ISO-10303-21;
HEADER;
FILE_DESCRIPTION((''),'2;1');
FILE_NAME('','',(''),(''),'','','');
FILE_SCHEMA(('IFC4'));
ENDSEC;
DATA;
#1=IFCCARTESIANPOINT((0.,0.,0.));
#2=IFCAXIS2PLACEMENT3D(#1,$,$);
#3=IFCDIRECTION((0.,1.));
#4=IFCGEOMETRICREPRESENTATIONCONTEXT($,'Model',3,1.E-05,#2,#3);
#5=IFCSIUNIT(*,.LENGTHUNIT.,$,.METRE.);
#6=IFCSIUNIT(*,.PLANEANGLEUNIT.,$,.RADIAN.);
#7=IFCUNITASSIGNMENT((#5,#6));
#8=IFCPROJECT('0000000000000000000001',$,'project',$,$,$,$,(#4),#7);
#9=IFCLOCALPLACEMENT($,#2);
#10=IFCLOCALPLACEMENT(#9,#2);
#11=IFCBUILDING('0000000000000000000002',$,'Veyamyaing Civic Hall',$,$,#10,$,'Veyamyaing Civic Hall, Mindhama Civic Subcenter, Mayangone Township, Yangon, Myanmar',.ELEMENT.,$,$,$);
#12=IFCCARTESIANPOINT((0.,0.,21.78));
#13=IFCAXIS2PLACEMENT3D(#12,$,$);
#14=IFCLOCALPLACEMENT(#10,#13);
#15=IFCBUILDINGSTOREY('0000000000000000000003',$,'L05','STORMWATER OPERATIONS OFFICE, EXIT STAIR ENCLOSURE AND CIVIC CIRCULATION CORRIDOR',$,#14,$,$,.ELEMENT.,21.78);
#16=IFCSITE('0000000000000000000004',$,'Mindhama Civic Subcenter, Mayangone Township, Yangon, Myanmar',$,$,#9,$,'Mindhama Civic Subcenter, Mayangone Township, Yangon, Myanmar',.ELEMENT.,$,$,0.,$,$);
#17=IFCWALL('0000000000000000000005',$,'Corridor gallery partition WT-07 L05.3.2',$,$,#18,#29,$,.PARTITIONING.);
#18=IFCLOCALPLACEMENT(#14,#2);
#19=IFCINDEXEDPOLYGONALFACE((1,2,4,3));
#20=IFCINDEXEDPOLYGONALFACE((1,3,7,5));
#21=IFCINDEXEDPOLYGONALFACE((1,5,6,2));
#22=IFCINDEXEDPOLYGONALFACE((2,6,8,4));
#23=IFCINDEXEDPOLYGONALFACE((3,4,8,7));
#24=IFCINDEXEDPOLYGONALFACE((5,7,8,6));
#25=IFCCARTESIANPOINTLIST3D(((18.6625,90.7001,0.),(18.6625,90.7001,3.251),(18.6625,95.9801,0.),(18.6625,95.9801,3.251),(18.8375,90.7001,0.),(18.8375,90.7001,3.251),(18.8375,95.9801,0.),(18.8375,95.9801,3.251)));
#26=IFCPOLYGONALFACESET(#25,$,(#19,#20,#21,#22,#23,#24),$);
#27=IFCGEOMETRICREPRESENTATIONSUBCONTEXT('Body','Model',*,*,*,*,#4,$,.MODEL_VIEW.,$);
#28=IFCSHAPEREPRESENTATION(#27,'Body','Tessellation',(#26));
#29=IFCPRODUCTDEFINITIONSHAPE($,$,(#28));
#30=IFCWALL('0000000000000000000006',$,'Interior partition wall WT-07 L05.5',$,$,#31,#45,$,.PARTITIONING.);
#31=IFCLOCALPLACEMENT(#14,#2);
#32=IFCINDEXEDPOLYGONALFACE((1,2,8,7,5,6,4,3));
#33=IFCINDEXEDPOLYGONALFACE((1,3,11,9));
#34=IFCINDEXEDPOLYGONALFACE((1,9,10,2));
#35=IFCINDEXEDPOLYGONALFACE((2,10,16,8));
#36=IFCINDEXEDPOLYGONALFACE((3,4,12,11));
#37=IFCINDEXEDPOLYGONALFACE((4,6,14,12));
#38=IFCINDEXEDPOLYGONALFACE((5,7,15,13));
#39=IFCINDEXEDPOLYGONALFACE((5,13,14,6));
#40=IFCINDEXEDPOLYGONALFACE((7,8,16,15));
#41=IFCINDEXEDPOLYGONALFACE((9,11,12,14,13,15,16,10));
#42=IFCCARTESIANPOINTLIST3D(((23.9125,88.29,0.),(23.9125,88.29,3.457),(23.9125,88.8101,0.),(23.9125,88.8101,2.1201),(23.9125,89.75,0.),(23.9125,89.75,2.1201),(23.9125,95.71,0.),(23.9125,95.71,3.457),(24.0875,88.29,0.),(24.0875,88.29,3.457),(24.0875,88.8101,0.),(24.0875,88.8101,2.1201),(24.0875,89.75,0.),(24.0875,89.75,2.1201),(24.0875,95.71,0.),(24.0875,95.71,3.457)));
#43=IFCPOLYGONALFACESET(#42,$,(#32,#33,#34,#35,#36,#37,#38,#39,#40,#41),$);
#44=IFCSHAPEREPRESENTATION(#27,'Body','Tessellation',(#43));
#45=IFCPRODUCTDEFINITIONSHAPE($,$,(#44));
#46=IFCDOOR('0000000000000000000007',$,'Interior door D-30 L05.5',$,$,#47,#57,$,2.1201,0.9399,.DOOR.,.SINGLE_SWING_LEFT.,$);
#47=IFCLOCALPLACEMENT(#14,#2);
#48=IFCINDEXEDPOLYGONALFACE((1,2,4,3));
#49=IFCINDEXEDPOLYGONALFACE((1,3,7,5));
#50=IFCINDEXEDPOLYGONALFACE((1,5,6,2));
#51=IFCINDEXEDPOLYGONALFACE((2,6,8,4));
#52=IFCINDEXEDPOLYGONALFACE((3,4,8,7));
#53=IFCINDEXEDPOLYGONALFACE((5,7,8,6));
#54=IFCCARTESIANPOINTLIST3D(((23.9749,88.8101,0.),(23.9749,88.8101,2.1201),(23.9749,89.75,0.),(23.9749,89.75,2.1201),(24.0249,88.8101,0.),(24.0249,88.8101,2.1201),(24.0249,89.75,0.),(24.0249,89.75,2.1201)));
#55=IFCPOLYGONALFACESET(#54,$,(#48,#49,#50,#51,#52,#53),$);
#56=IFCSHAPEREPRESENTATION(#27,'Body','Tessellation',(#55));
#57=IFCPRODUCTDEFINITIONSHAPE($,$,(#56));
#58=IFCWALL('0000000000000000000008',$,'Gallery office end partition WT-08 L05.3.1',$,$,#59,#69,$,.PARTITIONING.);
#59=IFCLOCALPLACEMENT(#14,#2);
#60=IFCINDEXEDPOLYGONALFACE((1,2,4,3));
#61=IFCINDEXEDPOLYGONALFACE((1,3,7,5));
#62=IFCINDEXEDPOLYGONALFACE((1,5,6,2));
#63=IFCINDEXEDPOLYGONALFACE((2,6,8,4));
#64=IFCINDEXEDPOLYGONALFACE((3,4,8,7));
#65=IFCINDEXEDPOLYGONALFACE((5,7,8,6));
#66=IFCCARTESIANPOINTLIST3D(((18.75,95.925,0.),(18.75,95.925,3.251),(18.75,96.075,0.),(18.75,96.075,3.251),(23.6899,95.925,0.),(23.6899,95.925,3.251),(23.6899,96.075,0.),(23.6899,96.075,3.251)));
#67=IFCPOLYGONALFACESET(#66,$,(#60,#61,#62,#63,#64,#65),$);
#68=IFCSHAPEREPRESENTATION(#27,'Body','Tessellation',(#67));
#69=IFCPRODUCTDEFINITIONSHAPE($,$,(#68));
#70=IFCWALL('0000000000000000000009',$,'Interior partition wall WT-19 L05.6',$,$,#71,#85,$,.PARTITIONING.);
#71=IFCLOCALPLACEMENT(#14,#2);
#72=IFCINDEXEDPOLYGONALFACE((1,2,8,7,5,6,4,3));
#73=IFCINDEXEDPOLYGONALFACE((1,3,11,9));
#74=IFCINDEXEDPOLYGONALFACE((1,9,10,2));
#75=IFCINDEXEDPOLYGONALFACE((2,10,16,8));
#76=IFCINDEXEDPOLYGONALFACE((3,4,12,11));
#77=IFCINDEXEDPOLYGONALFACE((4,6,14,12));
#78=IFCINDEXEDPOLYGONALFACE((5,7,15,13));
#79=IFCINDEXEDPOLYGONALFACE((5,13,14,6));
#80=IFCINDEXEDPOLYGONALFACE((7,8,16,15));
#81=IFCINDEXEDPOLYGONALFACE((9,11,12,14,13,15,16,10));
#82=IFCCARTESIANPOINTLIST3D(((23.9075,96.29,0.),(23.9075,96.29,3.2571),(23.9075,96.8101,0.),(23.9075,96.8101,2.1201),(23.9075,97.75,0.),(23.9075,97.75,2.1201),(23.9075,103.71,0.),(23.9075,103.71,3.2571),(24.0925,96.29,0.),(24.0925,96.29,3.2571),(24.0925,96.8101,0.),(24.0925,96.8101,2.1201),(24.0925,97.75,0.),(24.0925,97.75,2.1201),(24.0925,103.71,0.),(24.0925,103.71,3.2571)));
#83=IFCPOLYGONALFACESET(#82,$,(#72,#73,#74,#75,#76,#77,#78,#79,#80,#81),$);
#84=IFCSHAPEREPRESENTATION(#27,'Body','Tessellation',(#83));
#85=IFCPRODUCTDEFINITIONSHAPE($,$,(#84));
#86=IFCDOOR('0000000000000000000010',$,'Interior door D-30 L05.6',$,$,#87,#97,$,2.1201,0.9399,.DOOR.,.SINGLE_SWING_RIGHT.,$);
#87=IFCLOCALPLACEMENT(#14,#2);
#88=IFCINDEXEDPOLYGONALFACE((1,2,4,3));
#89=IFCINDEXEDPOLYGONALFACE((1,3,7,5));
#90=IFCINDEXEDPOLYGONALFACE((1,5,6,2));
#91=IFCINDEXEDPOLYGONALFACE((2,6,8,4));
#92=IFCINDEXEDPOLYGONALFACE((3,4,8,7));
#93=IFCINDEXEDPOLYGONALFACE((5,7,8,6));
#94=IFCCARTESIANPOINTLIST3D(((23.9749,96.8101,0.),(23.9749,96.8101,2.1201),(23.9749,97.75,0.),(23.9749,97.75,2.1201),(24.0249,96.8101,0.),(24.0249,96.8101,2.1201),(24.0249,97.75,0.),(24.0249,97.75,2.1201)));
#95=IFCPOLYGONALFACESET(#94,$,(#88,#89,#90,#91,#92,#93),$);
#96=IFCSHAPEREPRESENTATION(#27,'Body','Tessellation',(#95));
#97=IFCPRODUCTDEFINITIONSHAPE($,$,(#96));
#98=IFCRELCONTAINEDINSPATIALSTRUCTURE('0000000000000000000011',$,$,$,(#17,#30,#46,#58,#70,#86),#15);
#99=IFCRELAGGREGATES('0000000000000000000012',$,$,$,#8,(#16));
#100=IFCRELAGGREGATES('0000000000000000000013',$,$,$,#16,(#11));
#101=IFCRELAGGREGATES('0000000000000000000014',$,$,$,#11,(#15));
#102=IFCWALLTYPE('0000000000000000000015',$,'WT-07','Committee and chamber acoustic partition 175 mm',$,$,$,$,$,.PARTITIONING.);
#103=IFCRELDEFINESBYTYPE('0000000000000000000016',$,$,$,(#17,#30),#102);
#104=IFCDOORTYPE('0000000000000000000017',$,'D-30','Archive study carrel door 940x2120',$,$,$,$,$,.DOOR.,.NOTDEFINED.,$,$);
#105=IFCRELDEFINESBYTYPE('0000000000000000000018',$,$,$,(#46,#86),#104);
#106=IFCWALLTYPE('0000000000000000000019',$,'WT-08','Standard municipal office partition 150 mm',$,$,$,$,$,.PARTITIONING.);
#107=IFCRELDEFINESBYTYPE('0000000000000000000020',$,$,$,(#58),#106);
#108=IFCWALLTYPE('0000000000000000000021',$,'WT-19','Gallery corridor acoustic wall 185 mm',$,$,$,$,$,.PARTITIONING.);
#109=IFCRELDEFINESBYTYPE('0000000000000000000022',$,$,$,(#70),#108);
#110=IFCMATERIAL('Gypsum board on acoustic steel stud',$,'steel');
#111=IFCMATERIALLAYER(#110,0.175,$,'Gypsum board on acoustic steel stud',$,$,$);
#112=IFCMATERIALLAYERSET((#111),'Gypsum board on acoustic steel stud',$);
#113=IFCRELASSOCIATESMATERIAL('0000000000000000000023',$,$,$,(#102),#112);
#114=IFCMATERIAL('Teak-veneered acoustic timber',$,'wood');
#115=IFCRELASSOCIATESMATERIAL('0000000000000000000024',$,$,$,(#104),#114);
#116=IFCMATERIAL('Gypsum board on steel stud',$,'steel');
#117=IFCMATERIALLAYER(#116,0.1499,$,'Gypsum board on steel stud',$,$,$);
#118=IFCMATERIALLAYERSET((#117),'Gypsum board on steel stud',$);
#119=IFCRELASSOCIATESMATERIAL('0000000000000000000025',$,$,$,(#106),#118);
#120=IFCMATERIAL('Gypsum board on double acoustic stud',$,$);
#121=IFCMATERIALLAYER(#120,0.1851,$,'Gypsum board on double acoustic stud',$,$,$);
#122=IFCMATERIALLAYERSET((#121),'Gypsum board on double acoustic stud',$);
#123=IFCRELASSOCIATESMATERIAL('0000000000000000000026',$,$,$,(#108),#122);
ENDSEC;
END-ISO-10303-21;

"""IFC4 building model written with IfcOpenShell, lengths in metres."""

from ifc_helpers import new_model, si_unit, direction, frame, frame_2d, origin, place, context, subcontext, project, spatial, rectangle, extrude, material, layer, layer_set, type_object, element, fill, save


model = new_model("IFC4")

# Units and contexts
model_context = context("Model", 3, precision=1e-05, world=origin(), true_north=direction((0.0, 1.0)))
body_context = subcontext(model_context, "Body", "Model", "MODEL_VIEW")
ifc_project = project(units=[si_unit("LENGTHUNIT", "METRE"), si_unit("PLANEANGLEUNIT", "RADIAN")], contexts=[model_context])

# Site, building, storey
site_placement = place(None, origin())
site = spatial("IfcSite", under=ifc_project, at=site_placement, Name="Mindhama Civic Subcenter, Mayangone Township, Yangon, Myanmar", LongName="Mindhama Civic Subcenter, Mayangone Township, Yangon, Myanmar", CompositionType="ELEMENT", RefElevation=0.0)
building_placement = place(site_placement, origin())
building = spatial("IfcBuilding", under=site, at=building_placement, Name="Veyamyaing Civic Hall", LongName="Veyamyaing Civic Hall, Mindhama Civic Subcenter, Mayangone Township, Yangon, Myanmar", CompositionType="ELEMENT")
storey_placement = place(building_placement, frame((0.0, 0.0, 21.78)))
storey = spatial("IfcBuildingStorey", under=building, at=storey_placement, Name="L05", Description="STORMWATER OPERATIONS OFFICE, EXIT STAIR ENCLOSURE AND CIVIC CIRCULATION CORRIDOR", CompositionType="ELEMENT", Elevation=21.78)

# Shared definitions
ifc_material_1 = material(Name="Gypsum board on acoustic steel stud", Category="steel")
ifc_layer_1 = layer(ifc_material_1, 0.175, Name="Gypsum board on acoustic steel stud")
ifc_layer_set_1 = layer_set([ifc_layer_1], Name="Gypsum board on acoustic steel stud")
wall_type_1 = type_object("IfcWallType", Name="WT-07", Description="Committee and chamber acoustic partition 175 mm", PredefinedType="PARTITIONING", material=ifc_layer_set_1)
ifc_material_2 = material(Name="Teak-veneered acoustic timber", Category="wood")
door_type = type_object("IfcDoorType", Name="D-30", Description="Archive study carrel door 940x2120", OperationType="NOTDEFINED", PredefinedType="DOOR", material=ifc_material_2)

# Wall
wall_1_placement = place(storey_placement, frame((18.75, 90.7, 0.0), z_axis=(0.0, 0.0, 1.0), x_axis=(0.0, 1.0, 0.0)))
element("IfcWall", 1, at=wall_1_placement, inside=storey, type_object=wall_type_1, Name="Corridor gallery partition WT-07 L05.3.2", PredefinedType="PARTITIONING", context=body_context, shape_type="SweptSolid", body=[
    extrude(rectangle(XDim=5.28, YDim=0.175, at=frame_2d((2.6401, 0.0))), origin(), (0.0, 0.0, 1.0), 3.251),
])

# Wall, opening, door
wall_2_placement = place(storey_placement, frame((24.0, 88.29, 0.0), z_axis=(0.0, 0.0, 1.0), x_axis=(0.0, 1.0, 0.0)))
wall_2 = element("IfcWall", 2, at=wall_2_placement, inside=storey, type_object=wall_type_1, Name="Interior partition wall WT-07 L05.5", PredefinedType="PARTITIONING", context=body_context, shape_type="SweptSolid", body=[
    extrude(rectangle(XDim=7.4199, YDim=0.175, at=frame_2d((3.71, 0.0))), origin(), (0.0, 0.0, 1.0), 3.457),
])
opening_1_placement = place(wall_2_placement, frame((0.52, 0.0, 0.0)))
opening_1 = element("IfcOpeningElement", 3, at=opening_1_placement, cuts=wall_2, PredefinedType="OPENING", context=body_context, shape_type="SweptSolid", body=[
    extrude(rectangle(XDim=0.9399, YDim=2.1201, at=frame_2d((0.47, 1.0601))), frame((0.0, 0.0974, 0.0), z_axis=(0.0, -1.0, 0.0), x_axis=(1.0, 0.0, 0.0)), (0.0, 0.0, 1.0), 0.1951),
])
door_1_placement = place(opening_1_placement, frame((0.9399, 0.0, 0.0), z_axis=(0.0, 0.0, 1.0), x_axis=(-1.0, 0.0, 0.0)))
door_1 = element("IfcDoor", 4, at=door_1_placement, inside=storey, type_object=door_type, Name="Interior door D-30 L05.5", OperationType="SINGLE_SWING_LEFT", OverallHeight=2.1201, OverallWidth=0.9399, PredefinedType="DOOR", context=body_context, shape_type="SweptSolid", body=[
    extrude(rectangle(XDim=0.9399, YDim=2.1201, at=frame_2d((0.47, 1.0601))), frame((0.0, 0.0249, 0.0), z_axis=(0.0, -1.0, 0.0), x_axis=(1.0, 0.0, 0.0)), (0.0, 0.0, 1.0), 0.05),
])
fill(opening_1, door_1)

# Wall
ifc_material_3 = material(Name="Gypsum board on steel stud", Category="steel")
ifc_layer_2 = layer(ifc_material_3, 0.1499, Name="Gypsum board on steel stud")
ifc_layer_set_2 = layer_set([ifc_layer_2], Name="Gypsum board on steel stud")
wall_type_2 = type_object("IfcWallType", Name="WT-08", Description="Standard municipal office partition 150 mm", PredefinedType="PARTITIONING", material=ifc_layer_set_2)
wall_3_placement = place(storey_placement, frame((18.75, 96.0, 0.0), z_axis=(0.0, 0.0, 1.0), x_axis=(1.0, 0.0, 0.0)))
element("IfcWall", 5, at=wall_3_placement, inside=storey, type_object=wall_type_2, Name="Gallery office end partition WT-08 L05.3.1", PredefinedType="PARTITIONING", context=body_context, shape_type="SweptSolid", body=[
    extrude(rectangle(XDim=4.9399, YDim=0.1499, at=frame_2d((2.47, 0.0))), origin(), (0.0, 0.0, 1.0), 3.251),
])

# Wall, opening, door
ifc_material_4 = material(Name="Gypsum board on double acoustic stud")
ifc_layer_3 = layer(ifc_material_4, 0.1851, Name="Gypsum board on double acoustic stud")
ifc_layer_set_3 = layer_set([ifc_layer_3], Name="Gypsum board on double acoustic stud")
wall_type_3 = type_object("IfcWallType", Name="WT-19", Description="Gallery corridor acoustic wall 185 mm", PredefinedType="PARTITIONING", material=ifc_layer_set_3)
wall_4_placement = place(storey_placement, frame((24.0, 96.29, 0.0), z_axis=(0.0, 0.0, 1.0), x_axis=(0.0, 1.0, 0.0)))
wall_4 = element("IfcWall", 6, at=wall_4_placement, inside=storey, type_object=wall_type_3, Name="Interior partition wall WT-19 L05.6", PredefinedType="PARTITIONING", context=body_context, shape_type="SweptSolid", body=[
    extrude(rectangle(XDim=7.4199, YDim=0.1851, at=frame_2d((3.71, 0.0))), origin(), (0.0, 0.0, 1.0), 3.2571),
])
opening_2_placement = place(wall_4_placement, frame((0.52, 0.0, 0.0)))
opening_2 = element("IfcOpeningElement", 7, at=opening_2_placement, cuts=wall_4, PredefinedType="OPENING", context=body_context, shape_type="SweptSolid", body=[
    extrude(rectangle(XDim=0.9399, YDim=2.1201, at=frame_2d((0.47, 1.0601))), frame((0.0, 0.1025, 0.0), z_axis=(0.0, -1.0, 0.0), x_axis=(1.0, 0.0, 0.0)), (0.0, 0.0, 1.0), 0.2051),
])
door_2_placement = place(opening_2_placement, frame((0.9399, 0.0, 0.0), z_axis=(0.0, 0.0, 1.0), x_axis=(-1.0, 0.0, 0.0)))
door_2 = element("IfcDoor", 8, at=door_2_placement, inside=storey, type_object=door_type, Name="Interior door D-30 L05.6", OperationType="SINGLE_SWING_RIGHT", OverallHeight=2.1201, OverallWidth=0.9399, PredefinedType="DOOR", context=body_context, shape_type="SweptSolid", body=[
    extrude(rectangle(XDim=0.9399, YDim=2.1201, at=frame_2d((0.47, 1.0601))), frame((0.0, 0.0249, 0.0), z_axis=(0.0, -1.0, 0.0), x_axis=(1.0, 0.0, 0.0)), (0.0, 0.0, 1.0), 0.05),
])
fill(opening_2, door_2)

save(model, "model.ifc")
